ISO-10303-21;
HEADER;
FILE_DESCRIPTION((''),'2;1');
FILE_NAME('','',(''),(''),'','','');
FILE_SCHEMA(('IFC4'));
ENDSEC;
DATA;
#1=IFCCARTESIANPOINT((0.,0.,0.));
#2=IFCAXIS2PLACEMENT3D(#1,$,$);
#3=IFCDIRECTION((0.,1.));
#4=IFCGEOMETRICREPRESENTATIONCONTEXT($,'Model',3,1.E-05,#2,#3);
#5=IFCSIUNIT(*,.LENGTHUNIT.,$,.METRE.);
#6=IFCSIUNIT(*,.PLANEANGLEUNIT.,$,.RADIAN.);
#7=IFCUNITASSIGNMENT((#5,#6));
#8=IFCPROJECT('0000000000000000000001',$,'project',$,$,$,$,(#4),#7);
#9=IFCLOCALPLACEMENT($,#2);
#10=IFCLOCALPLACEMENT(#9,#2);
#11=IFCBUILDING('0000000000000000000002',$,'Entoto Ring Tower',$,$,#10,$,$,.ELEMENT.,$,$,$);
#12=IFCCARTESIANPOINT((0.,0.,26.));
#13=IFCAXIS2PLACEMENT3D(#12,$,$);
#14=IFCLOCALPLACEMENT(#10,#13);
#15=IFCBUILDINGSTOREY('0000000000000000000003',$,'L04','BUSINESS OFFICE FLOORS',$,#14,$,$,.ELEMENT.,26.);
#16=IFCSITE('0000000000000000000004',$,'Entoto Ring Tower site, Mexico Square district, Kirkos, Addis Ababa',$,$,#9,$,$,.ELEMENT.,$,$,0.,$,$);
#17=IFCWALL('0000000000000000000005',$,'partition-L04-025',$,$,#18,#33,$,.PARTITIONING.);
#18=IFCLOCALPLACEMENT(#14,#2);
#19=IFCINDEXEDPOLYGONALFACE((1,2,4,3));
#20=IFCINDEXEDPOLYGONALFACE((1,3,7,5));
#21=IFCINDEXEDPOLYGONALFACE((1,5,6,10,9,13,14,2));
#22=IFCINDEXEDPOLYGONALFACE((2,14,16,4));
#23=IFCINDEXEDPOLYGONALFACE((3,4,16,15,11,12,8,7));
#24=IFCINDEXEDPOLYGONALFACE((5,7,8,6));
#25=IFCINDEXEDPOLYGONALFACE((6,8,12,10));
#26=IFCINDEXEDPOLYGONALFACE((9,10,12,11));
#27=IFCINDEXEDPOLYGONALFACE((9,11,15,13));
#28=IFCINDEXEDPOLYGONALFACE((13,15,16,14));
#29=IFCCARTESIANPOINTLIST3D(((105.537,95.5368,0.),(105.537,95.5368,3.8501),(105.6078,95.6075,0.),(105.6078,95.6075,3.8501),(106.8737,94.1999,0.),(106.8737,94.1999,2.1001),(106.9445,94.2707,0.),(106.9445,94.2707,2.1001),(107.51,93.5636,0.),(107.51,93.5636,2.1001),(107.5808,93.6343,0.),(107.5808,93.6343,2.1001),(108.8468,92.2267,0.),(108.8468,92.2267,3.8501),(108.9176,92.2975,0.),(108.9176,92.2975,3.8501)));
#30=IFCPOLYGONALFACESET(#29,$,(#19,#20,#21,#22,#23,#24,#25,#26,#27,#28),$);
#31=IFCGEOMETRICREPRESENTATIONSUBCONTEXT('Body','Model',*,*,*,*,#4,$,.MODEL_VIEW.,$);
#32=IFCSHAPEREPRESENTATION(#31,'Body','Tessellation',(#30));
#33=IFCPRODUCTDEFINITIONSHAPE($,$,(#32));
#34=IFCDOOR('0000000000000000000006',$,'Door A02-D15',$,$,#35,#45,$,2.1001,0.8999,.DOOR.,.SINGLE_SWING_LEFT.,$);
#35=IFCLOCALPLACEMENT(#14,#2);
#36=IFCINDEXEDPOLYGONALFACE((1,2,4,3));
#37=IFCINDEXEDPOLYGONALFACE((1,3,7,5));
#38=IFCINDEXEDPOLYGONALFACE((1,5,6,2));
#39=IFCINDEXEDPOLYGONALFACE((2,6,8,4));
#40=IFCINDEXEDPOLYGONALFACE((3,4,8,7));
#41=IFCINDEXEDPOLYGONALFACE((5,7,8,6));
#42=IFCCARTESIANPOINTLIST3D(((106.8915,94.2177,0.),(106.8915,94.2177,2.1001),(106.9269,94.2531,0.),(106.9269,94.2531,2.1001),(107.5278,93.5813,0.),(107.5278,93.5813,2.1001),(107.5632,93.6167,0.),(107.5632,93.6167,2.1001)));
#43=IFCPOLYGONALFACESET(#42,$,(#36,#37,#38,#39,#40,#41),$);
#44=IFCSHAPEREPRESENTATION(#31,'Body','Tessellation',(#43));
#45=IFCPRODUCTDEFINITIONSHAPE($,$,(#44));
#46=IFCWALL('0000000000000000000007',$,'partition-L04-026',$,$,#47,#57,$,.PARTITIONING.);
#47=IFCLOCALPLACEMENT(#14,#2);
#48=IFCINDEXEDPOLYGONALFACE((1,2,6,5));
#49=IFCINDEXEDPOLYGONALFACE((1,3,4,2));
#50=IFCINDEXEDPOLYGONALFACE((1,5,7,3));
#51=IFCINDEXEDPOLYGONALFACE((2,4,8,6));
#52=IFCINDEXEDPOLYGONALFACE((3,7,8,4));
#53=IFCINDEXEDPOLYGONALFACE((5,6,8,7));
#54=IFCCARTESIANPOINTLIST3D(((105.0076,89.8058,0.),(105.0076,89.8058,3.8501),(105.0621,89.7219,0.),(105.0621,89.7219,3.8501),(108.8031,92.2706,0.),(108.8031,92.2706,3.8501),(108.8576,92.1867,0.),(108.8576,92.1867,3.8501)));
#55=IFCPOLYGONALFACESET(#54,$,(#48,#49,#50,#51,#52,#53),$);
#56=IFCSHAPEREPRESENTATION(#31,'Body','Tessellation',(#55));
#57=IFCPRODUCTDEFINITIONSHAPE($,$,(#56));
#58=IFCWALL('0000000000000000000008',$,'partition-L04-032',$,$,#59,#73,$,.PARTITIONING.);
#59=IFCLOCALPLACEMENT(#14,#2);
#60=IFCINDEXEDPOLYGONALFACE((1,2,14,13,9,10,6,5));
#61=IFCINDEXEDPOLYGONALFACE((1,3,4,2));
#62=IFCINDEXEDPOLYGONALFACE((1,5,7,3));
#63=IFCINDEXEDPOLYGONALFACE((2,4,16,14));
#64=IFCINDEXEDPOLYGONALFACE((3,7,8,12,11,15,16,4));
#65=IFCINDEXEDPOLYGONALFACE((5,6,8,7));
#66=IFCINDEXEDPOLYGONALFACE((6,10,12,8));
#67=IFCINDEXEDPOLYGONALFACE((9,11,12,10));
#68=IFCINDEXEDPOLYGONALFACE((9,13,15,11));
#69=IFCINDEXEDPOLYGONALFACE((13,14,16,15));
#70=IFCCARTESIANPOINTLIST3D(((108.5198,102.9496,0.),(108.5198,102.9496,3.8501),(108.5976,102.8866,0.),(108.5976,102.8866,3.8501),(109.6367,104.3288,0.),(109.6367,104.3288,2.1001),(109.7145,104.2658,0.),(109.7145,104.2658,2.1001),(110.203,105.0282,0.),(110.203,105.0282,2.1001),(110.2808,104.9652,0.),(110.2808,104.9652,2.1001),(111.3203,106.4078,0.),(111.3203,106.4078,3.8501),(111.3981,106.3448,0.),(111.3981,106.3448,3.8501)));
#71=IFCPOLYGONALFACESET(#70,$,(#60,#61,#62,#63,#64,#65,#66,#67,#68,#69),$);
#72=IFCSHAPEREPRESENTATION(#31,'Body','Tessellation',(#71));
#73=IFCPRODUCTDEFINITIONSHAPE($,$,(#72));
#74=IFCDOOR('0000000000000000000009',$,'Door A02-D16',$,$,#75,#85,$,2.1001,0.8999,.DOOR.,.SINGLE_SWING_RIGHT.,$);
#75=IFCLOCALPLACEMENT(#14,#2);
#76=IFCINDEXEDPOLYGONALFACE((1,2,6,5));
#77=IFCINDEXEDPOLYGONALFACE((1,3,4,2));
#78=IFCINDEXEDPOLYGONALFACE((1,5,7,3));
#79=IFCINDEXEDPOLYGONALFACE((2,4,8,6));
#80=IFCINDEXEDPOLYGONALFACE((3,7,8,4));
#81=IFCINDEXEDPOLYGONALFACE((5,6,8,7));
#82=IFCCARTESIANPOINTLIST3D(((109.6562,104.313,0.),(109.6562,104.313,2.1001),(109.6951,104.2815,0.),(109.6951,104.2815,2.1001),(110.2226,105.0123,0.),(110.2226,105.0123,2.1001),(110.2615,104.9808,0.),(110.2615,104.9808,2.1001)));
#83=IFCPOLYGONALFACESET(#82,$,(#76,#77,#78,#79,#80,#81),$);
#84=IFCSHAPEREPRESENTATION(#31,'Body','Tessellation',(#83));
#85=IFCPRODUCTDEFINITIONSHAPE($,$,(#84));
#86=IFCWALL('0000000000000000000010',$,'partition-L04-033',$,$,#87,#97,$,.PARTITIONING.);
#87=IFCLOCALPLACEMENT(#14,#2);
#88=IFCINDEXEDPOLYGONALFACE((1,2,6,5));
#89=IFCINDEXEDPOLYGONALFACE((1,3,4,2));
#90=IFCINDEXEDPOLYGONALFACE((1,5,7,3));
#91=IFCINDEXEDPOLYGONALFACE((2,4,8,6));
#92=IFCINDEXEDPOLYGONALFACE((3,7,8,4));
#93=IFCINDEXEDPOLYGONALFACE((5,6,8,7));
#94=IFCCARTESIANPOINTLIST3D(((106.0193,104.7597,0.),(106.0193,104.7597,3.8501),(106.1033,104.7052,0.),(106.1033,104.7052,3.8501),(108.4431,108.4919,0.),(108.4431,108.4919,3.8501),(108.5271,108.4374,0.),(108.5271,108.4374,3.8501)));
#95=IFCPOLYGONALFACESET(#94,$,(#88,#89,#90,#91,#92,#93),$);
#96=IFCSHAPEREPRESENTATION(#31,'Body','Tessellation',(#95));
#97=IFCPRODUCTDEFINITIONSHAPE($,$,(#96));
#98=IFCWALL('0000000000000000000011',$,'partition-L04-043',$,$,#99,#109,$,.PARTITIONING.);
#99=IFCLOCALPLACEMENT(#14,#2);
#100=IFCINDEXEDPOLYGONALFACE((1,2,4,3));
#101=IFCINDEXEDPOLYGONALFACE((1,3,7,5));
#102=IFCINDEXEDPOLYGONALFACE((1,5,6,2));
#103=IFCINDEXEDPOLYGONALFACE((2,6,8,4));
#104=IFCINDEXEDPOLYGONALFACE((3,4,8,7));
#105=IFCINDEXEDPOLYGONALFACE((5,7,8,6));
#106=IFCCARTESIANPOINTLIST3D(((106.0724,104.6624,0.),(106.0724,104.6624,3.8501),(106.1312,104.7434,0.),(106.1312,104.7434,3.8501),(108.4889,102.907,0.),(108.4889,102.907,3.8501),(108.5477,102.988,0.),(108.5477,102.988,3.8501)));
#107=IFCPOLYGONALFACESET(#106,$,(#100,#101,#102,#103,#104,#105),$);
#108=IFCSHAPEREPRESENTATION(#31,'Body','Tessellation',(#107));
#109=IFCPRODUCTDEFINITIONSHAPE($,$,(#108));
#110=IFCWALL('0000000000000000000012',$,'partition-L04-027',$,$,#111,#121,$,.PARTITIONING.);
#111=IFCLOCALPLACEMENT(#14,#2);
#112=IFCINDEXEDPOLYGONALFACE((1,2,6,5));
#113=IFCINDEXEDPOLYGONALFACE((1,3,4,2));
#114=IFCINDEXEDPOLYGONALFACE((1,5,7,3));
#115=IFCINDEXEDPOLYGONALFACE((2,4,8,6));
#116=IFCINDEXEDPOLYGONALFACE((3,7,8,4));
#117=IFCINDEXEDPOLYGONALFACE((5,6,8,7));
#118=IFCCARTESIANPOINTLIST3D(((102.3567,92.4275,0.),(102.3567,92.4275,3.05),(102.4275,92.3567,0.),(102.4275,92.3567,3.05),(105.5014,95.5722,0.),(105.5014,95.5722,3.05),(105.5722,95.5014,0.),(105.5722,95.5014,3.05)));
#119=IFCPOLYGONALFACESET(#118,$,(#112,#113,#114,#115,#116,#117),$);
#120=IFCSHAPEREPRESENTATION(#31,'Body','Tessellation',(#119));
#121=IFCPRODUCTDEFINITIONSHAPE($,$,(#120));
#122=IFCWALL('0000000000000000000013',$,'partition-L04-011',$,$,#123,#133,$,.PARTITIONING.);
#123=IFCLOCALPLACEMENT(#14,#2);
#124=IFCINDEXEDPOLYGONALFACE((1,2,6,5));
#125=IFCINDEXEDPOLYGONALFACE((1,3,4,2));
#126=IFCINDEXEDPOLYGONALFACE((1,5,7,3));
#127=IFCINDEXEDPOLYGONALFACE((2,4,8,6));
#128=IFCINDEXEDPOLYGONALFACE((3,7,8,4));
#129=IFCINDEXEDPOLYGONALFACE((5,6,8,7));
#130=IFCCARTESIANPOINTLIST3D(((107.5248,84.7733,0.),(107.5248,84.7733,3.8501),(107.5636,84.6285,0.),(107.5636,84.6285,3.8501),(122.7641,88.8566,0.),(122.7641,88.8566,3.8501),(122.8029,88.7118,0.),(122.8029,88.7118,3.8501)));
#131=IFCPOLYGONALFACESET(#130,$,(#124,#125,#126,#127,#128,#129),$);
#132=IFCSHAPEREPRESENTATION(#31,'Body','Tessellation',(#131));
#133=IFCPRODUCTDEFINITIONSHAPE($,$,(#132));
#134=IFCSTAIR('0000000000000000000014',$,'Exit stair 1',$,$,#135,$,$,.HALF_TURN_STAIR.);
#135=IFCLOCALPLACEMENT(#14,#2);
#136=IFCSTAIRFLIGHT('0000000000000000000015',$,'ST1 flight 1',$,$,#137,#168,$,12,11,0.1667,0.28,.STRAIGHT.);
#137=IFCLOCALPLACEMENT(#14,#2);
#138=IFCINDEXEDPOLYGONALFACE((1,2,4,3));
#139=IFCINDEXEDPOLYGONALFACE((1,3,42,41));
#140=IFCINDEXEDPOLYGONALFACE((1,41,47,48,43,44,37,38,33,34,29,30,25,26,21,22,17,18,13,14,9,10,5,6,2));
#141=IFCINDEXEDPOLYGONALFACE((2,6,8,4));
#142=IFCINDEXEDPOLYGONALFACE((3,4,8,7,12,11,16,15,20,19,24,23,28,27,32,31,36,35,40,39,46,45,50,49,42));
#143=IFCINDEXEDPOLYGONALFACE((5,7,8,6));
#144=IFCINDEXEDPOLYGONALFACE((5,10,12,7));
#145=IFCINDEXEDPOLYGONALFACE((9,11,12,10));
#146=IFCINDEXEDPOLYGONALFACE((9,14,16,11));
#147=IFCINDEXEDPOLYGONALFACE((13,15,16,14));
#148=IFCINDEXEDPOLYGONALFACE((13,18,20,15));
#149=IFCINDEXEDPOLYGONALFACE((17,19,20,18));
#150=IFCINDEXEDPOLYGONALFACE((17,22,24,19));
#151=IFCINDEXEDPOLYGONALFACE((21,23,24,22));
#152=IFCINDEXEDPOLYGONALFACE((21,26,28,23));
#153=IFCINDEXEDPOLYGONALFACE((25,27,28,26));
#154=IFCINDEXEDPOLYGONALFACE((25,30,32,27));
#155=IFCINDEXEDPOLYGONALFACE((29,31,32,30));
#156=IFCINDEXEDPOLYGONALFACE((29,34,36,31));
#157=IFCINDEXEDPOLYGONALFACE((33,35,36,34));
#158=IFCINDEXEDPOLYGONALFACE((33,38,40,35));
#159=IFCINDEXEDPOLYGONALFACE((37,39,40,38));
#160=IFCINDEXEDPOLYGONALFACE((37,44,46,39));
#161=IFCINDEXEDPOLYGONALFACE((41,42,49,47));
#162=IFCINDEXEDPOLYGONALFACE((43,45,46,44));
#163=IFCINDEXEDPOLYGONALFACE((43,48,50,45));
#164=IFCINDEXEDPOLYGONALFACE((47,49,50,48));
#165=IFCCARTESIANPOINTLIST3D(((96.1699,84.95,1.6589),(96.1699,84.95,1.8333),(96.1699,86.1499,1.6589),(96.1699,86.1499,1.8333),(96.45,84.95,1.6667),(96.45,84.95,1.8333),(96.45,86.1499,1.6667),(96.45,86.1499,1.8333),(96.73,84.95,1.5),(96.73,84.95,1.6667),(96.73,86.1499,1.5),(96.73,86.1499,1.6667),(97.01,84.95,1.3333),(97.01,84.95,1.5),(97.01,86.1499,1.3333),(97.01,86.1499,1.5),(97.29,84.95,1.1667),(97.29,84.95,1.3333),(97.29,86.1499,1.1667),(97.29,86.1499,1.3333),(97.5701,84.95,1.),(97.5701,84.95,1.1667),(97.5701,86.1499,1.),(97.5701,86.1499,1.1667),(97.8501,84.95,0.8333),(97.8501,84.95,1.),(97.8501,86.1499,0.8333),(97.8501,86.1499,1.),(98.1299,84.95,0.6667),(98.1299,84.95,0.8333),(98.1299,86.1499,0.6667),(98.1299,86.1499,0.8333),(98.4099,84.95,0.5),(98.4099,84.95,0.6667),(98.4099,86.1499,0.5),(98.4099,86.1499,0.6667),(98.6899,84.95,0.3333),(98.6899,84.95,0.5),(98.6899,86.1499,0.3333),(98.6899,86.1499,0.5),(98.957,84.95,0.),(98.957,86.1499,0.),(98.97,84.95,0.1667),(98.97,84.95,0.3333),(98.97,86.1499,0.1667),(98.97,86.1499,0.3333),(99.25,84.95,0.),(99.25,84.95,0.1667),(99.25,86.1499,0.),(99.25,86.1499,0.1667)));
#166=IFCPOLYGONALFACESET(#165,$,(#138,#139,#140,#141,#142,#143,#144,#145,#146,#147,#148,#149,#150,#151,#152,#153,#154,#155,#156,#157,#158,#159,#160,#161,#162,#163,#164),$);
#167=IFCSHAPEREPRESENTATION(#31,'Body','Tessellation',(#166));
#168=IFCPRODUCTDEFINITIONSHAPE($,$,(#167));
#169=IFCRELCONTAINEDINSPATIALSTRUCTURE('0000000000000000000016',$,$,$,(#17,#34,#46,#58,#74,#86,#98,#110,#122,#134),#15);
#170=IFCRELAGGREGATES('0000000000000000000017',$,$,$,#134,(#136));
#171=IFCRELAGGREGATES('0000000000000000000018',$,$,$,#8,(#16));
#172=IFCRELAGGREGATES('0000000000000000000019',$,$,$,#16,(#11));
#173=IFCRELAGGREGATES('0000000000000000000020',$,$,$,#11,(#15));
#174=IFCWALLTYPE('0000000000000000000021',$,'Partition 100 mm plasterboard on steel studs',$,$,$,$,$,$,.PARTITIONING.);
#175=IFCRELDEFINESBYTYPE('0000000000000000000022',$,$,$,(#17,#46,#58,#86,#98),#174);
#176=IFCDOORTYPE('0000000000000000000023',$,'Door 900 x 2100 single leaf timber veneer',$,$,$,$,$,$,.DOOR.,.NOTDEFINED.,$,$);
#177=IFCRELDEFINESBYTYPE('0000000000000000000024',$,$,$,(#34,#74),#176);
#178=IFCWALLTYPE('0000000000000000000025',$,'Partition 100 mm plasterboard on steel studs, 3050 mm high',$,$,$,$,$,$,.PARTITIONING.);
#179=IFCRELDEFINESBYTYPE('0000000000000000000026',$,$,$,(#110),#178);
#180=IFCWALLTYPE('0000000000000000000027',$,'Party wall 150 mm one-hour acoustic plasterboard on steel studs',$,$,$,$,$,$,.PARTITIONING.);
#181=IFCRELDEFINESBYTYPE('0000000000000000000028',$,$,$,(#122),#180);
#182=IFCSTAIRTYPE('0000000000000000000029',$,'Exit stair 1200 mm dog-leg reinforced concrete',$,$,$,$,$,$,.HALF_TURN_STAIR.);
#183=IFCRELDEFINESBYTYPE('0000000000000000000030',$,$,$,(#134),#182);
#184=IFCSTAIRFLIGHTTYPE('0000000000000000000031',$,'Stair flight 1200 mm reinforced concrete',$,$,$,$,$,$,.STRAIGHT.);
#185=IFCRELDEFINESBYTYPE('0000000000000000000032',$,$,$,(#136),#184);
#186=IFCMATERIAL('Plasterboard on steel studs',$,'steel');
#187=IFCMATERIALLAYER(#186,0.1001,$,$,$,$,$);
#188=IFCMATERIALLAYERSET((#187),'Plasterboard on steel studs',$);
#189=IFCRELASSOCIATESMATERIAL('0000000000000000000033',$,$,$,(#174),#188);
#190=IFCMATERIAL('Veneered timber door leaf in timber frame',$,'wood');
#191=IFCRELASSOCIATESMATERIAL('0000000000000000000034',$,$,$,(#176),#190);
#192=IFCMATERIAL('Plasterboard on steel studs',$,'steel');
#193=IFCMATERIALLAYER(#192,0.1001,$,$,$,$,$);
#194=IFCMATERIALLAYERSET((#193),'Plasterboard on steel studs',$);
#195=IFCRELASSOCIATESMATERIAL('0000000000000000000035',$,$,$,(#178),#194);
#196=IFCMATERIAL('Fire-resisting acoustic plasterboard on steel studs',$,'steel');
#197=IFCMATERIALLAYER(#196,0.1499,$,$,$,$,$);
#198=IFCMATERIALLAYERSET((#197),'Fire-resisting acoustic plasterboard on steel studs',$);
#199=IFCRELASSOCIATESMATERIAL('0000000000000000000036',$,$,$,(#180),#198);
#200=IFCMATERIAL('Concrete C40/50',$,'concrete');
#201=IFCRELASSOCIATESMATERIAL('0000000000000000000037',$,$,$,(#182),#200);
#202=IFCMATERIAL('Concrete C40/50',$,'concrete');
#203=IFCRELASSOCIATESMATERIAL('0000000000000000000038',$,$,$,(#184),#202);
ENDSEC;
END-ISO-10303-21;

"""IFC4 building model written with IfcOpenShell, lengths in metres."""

from ifc_helpers import new_model, si_unit, direction, frame, frame_2d, origin, place, context, subcontext, project, spatial, polyline, rectangle, outline, extrude, material, layer, layer_set, type_object, element, fill, aggregate, save


model = new_model("IFC4")

# Units and contexts
model_context = context("Model", 3, precision=1e-05, world=origin(), true_north=direction((0.0, 1.0)))
body_context = subcontext(model_context, "Body", "Model", "MODEL_VIEW")
ifc_project = project(units=[si_unit("LENGTHUNIT", "METRE"), si_unit("PLANEANGLEUNIT", "RADIAN")], contexts=[model_context])

# Site, building, storey
site_placement = place(None, origin())
site = spatial("IfcSite", under=ifc_project, at=site_placement, Name="Entoto Ring Tower site, Mexico Square district, Kirkos, Addis Ababa", CompositionType="ELEMENT", RefElevation=0.0)
building_placement = place(site_placement, origin())
building = spatial("IfcBuilding", under=site, at=building_placement, Name="Entoto Ring Tower", CompositionType="ELEMENT")
storey_placement = place(building_placement, frame((0.0, 0.0, 26.0)))
storey = spatial("IfcBuildingStorey", under=building, at=storey_placement, Name="L04", Description="BUSINESS OFFICE FLOORS", CompositionType="ELEMENT", Elevation=26.0)

# Wall, opening, door
ifc_material_1 = material(Name="Plasterboard on steel studs", Category="steel")
ifc_layer_1 = layer(ifc_material_1, 0.1001)
ifc_layer_set_1 = layer_set([ifc_layer_1], Name="Plasterboard on steel studs")
wall_type_1 = type_object("IfcWallType", Name="Partition 100 mm plasterboard on steel studs", PredefinedType="PARTITIONING", material=ifc_layer_set_1)
wall_1_placement = place(storey_placement, frame((108.8821, 92.2622, 0.0), z_axis=(0.0, 0.0, 1.0), x_axis=(-0.707081, 0.707133, 0.0)))
wall_1 = element("IfcWall", 1, at=wall_1_placement, inside=storey, type_object=wall_type_1, Name="partition-L04-025", PredefinedType="PARTITIONING", context=body_context, shape_type="SweptSolid", body=[
    extrude(rectangle(XDim=4.6809, YDim=0.1001, at=frame_2d((2.3403, 0.0))), origin(), (0.0, 0.0, 1.0), 3.8501),
])
opening_1_placement = place(wall_1_placement, frame((1.8904, 0.0, 0.0)))
opening_1 = element("IfcOpeningElement", 2, at=opening_1_placement, cuts=wall_1, PredefinedType="OPENING", context=body_context, shape_type="SweptSolid", body=[
    extrude(rectangle(XDim=0.8999, YDim=2.1001, at=frame_2d((0.45, 1.05))), frame((0.0, 0.0601, 0.0), z_axis=(0.0, -1.0, 0.0), x_axis=(1.0, 0.0, 0.0)), (0.0, 0.0, 1.0), 0.1201),
])
ifc_material_2 = material(Name="Veneered timber door leaf in timber frame", Category="wood")
door_type_1 = type_object("IfcDoorType", Name="Door 900 x 2100 single leaf timber veneer", OperationType="NOTDEFINED", PredefinedType="DOOR", material=ifc_material_2)
door_1_placement = place(opening_1_placement, origin())
door_1 = element("IfcDoor", 3, at=door_1_placement, inside=storey, type_object=door_type_1, Name="Door A02-D15", OperationType="SINGLE_SWING_LEFT", OverallHeight=2.1001, OverallWidth=0.8999, PredefinedType="DOOR", context=body_context, shape_type="SweptSolid", body=[
    extrude(rectangle(XDim=0.8999, YDim=2.1001, at=frame_2d((0.45, 1.05))), frame((0.0, 0.0249, 0.0), z_axis=(0.0, -1.0, 0.0), x_axis=(1.0, 0.0, 0.0)), (0.0, 0.0, 1.0), 0.05),
])
fill(opening_1, door_1)

# Wall
wall_2_placement = place(storey_placement, frame((105.0349, 89.7639, 0.0), z_axis=(0.0, 0.0, 1.0), x_axis=(0.838679, 0.544626, 0.0)))
element("IfcWall", 4, at=wall_2_placement, inside=storey, type_object=wall_type_1, Name="partition-L04-026", PredefinedType="PARTITIONING", context=body_context, shape_type="SweptSolid", body=[
    extrude(rectangle(XDim=4.5256, YDim=0.1001, at=frame_2d((2.2627, 0.0))), origin(), (0.0, 0.0, 1.0), 3.8501),
])

# Wall, opening, door
wall_3_placement = place(storey_placement, frame((108.5586, 102.918, 0.0), z_axis=(0.0, 0.0, 1.0), x_axis=(0.629334, 0.777135, 0.0)))
wall_3 = element("IfcWall", 5, at=wall_3_placement, inside=storey, type_object=wall_type_1, Name="partition-L04-032", PredefinedType="PARTITIONING", context=body_context, shape_type="SweptSolid", body=[
    extrude(rectangle(XDim=4.45, YDim=0.1001, at=frame_2d((2.2251, 0.0))), origin(), (0.0, 0.0, 1.0), 3.8501),
])
opening_2_placement = place(wall_3_placement, frame((1.7749, 0.0, 0.0)))
opening_2 = element("IfcOpeningElement", 6, at=opening_2_placement, cuts=wall_3, PredefinedType="OPENING", context=body_context, shape_type="SweptSolid", body=[
    extrude(rectangle(XDim=0.8999, YDim=2.1001, at=frame_2d((0.45, 1.05))), frame((0.0, 0.0601, 0.0), z_axis=(0.0, -1.0, 0.0), x_axis=(1.0, 0.0, 0.0)), (0.0, 0.0, 1.0), 0.1201),
])
door_2_placement = place(opening_2_placement, origin())
door_2 = element("IfcDoor", 7, at=door_2_placement, inside=storey, type_object=door_type_1, Name="Door A02-D16", OperationType="SINGLE_SWING_RIGHT", OverallHeight=2.1001, OverallWidth=0.8999, PredefinedType="DOOR", context=body_context, shape_type="SweptSolid", body=[
    extrude(rectangle(XDim=0.8999, YDim=2.1001, at=frame_2d((0.45, 1.05))), frame((0.0, 0.0249, 0.0), z_axis=(0.0, -1.0, 0.0), x_axis=(1.0, 0.0, 0.0)), (0.0, 0.0, 1.0), 0.05),
])
fill(opening_2, door_2)

# Walls
wall_4_placement = place(storey_placement, frame((106.0613, 104.7324, 0.0), z_axis=(0.0, 0.0, 1.0), x_axis=(0.544659, 0.838658, 0.0)))
element("IfcWall", 8, at=wall_4_placement, inside=storey, type_object=wall_type_1, Name="partition-L04-033", PredefinedType="PARTITIONING", context=body_context, shape_type="SweptSolid", body=[
    extrude(rectangle(XDim=4.4502, YDim=0.1001, at=frame_2d((2.2251, 0.0))), origin(), (0.0, 0.0, 1.0), 3.8501),
])
wall_5_placement = place(storey_placement, frame((108.5183, 102.9475, 0.0), z_axis=(0.0, 0.0, 1.0), x_axis=(-0.809068, 0.587715, 0.0)))
element("IfcWall", 9, at=wall_5_placement, inside=storey, type_object=wall_type_1, Name="partition-L04-043", PredefinedType="PARTITIONING", context=body_context, shape_type="SweptSolid", body=[
    extrude(rectangle(XDim=2.9868, YDim=0.1001, at=frame_2d((1.4934, 0.0))), origin(), (0.0, 0.0, 1.0), 3.8501),
])
ifc_material_3 = material(Name="Plasterboard on steel studs", Category="steel")
ifc_layer_2 = layer(ifc_material_3, 0.1001)
ifc_layer_set_2 = layer_set([ifc_layer_2], Name="Plasterboard on steel studs")
wall_type_2 = type_object("IfcWallType", Name="Partition 100 mm plasterboard on steel studs, 3050 mm high", PredefinedType="PARTITIONING", material=ifc_layer_set_2)
wall_6_placement = place(storey_placement, frame((102.3921, 92.3921, 0.0), z_axis=(0.0, 0.0, 1.0), x_axis=(0.707107, 0.707107, 0.0)))
element("IfcWall", 10, at=wall_6_placement, inside=storey, type_object=wall_type_2, Name="partition-L04-027", PredefinedType="PARTITIONING", context=body_context, shape_type="SweptSolid", body=[
    extrude(rectangle(XDim=4.4473, YDim=0.1001, at=frame_2d((2.2236, 0.0))), origin(), (0.0, 0.0, 1.0), 3.05),
])
ifc_material_4 = material(Name="Fire-resisting acoustic plasterboard on steel studs", Category="steel")
ifc_layer_3 = layer(ifc_material_4, 0.1499)
ifc_layer_set_3 = layer_set([ifc_layer_3], Name="Fire-resisting acoustic plasterboard on steel studs")
wall_type_3 = type_object("IfcWallType", Name="Party wall 150 mm one-hour acoustic plasterboard on steel studs", PredefinedType="PARTITIONING", material=ifc_layer_set_3)
wall_7_placement = place(storey_placement, frame((107.5442, 84.7009, 0.0), z_axis=(0.0, 0.0, 1.0), x_axis=(0.965927, 0.258813, 0.0)))
element("IfcWall", 11, at=wall_7_placement, inside=storey, type_object=wall_type_3, Name="partition-L04-011", PredefinedType="PARTITIONING", context=body_context, shape_type="SweptSolid", body=[
    extrude(rectangle(XDim=15.7769, YDim=0.1499, at=frame_2d((7.8884, 0.0))), origin(), (0.0, 0.0, 1.0), 3.8501),
])

# Stair, stair flight
ifc_material_5 = material(Name="Concrete C40/50", Category="concrete")
stair_type = type_object("IfcStairType", Name="Exit stair 1200 mm dog-leg reinforced concrete", PredefinedType="HALF_TURN_STAIR", material=ifc_material_5)
stair_placement = place(storey_placement, origin())
stair = element("IfcStair", 12, at=stair_placement, inside=storey, type_object=stair_type, Name="Exit stair 1", PredefinedType="HALF_TURN_STAIR")
ifc_material_6 = material(Name="Concrete C40/50", Category="concrete")
stair_flight_type = type_object("IfcStairFlightType", Name="Stair flight 1200 mm reinforced concrete", PredefinedType="STRAIGHT", material=ifc_material_6)
stair_flight_placement = place(storey_placement, frame((99.25, 85.55, 0.0), z_axis=(0.0, 0.0, 1.0), x_axis=(-1.0, 0.0, 0.0)))
stair_flight = element("IfcStairFlight", 13, at=stair_flight_placement, type_object=stair_flight_type, Name="ST1 flight 1", NumberOfRisers=12, NumberOfTreads=11, PredefinedType="STRAIGHT", RiserHeight=0.1667, TreadLength=0.28, context=body_context, shape_type="SweptSolid", body=[
    extrude(outline(polyline([(0.0, 0.0), (0.0, 0.1667), (0.28, 0.1667), (0.28, 0.3333), (0.5601, 0.3333), (0.5601, 0.5), (0.8401, 0.5), (0.8401, 0.6667), (1.1201, 0.6667), (1.1201, 0.8333), (1.3999, 0.8333), (1.3999, 1.0), (1.6799, 1.0), (1.6799, 1.1667), (1.96, 1.1667), (1.96, 1.3333), (2.24, 1.3333), (2.24, 1.5), (2.52, 1.5), (2.52, 1.6667), (2.8, 1.6667), (2.8, 1.8333), (3.0801, 1.8333), (3.0801, 2.0), (3.0801, 1.6589), (0.293, 0.0), (0.0, 0.0)])), frame((0.0, 0.6001, 0.0), z_axis=(0.0, -1.0, 0.0), x_axis=(1.0, 0.0, 0.0)), (0.0, 0.0, 1.0), 1.2),
])
aggregate(stair, [stair_flight])

save(model, "model.ifc")
